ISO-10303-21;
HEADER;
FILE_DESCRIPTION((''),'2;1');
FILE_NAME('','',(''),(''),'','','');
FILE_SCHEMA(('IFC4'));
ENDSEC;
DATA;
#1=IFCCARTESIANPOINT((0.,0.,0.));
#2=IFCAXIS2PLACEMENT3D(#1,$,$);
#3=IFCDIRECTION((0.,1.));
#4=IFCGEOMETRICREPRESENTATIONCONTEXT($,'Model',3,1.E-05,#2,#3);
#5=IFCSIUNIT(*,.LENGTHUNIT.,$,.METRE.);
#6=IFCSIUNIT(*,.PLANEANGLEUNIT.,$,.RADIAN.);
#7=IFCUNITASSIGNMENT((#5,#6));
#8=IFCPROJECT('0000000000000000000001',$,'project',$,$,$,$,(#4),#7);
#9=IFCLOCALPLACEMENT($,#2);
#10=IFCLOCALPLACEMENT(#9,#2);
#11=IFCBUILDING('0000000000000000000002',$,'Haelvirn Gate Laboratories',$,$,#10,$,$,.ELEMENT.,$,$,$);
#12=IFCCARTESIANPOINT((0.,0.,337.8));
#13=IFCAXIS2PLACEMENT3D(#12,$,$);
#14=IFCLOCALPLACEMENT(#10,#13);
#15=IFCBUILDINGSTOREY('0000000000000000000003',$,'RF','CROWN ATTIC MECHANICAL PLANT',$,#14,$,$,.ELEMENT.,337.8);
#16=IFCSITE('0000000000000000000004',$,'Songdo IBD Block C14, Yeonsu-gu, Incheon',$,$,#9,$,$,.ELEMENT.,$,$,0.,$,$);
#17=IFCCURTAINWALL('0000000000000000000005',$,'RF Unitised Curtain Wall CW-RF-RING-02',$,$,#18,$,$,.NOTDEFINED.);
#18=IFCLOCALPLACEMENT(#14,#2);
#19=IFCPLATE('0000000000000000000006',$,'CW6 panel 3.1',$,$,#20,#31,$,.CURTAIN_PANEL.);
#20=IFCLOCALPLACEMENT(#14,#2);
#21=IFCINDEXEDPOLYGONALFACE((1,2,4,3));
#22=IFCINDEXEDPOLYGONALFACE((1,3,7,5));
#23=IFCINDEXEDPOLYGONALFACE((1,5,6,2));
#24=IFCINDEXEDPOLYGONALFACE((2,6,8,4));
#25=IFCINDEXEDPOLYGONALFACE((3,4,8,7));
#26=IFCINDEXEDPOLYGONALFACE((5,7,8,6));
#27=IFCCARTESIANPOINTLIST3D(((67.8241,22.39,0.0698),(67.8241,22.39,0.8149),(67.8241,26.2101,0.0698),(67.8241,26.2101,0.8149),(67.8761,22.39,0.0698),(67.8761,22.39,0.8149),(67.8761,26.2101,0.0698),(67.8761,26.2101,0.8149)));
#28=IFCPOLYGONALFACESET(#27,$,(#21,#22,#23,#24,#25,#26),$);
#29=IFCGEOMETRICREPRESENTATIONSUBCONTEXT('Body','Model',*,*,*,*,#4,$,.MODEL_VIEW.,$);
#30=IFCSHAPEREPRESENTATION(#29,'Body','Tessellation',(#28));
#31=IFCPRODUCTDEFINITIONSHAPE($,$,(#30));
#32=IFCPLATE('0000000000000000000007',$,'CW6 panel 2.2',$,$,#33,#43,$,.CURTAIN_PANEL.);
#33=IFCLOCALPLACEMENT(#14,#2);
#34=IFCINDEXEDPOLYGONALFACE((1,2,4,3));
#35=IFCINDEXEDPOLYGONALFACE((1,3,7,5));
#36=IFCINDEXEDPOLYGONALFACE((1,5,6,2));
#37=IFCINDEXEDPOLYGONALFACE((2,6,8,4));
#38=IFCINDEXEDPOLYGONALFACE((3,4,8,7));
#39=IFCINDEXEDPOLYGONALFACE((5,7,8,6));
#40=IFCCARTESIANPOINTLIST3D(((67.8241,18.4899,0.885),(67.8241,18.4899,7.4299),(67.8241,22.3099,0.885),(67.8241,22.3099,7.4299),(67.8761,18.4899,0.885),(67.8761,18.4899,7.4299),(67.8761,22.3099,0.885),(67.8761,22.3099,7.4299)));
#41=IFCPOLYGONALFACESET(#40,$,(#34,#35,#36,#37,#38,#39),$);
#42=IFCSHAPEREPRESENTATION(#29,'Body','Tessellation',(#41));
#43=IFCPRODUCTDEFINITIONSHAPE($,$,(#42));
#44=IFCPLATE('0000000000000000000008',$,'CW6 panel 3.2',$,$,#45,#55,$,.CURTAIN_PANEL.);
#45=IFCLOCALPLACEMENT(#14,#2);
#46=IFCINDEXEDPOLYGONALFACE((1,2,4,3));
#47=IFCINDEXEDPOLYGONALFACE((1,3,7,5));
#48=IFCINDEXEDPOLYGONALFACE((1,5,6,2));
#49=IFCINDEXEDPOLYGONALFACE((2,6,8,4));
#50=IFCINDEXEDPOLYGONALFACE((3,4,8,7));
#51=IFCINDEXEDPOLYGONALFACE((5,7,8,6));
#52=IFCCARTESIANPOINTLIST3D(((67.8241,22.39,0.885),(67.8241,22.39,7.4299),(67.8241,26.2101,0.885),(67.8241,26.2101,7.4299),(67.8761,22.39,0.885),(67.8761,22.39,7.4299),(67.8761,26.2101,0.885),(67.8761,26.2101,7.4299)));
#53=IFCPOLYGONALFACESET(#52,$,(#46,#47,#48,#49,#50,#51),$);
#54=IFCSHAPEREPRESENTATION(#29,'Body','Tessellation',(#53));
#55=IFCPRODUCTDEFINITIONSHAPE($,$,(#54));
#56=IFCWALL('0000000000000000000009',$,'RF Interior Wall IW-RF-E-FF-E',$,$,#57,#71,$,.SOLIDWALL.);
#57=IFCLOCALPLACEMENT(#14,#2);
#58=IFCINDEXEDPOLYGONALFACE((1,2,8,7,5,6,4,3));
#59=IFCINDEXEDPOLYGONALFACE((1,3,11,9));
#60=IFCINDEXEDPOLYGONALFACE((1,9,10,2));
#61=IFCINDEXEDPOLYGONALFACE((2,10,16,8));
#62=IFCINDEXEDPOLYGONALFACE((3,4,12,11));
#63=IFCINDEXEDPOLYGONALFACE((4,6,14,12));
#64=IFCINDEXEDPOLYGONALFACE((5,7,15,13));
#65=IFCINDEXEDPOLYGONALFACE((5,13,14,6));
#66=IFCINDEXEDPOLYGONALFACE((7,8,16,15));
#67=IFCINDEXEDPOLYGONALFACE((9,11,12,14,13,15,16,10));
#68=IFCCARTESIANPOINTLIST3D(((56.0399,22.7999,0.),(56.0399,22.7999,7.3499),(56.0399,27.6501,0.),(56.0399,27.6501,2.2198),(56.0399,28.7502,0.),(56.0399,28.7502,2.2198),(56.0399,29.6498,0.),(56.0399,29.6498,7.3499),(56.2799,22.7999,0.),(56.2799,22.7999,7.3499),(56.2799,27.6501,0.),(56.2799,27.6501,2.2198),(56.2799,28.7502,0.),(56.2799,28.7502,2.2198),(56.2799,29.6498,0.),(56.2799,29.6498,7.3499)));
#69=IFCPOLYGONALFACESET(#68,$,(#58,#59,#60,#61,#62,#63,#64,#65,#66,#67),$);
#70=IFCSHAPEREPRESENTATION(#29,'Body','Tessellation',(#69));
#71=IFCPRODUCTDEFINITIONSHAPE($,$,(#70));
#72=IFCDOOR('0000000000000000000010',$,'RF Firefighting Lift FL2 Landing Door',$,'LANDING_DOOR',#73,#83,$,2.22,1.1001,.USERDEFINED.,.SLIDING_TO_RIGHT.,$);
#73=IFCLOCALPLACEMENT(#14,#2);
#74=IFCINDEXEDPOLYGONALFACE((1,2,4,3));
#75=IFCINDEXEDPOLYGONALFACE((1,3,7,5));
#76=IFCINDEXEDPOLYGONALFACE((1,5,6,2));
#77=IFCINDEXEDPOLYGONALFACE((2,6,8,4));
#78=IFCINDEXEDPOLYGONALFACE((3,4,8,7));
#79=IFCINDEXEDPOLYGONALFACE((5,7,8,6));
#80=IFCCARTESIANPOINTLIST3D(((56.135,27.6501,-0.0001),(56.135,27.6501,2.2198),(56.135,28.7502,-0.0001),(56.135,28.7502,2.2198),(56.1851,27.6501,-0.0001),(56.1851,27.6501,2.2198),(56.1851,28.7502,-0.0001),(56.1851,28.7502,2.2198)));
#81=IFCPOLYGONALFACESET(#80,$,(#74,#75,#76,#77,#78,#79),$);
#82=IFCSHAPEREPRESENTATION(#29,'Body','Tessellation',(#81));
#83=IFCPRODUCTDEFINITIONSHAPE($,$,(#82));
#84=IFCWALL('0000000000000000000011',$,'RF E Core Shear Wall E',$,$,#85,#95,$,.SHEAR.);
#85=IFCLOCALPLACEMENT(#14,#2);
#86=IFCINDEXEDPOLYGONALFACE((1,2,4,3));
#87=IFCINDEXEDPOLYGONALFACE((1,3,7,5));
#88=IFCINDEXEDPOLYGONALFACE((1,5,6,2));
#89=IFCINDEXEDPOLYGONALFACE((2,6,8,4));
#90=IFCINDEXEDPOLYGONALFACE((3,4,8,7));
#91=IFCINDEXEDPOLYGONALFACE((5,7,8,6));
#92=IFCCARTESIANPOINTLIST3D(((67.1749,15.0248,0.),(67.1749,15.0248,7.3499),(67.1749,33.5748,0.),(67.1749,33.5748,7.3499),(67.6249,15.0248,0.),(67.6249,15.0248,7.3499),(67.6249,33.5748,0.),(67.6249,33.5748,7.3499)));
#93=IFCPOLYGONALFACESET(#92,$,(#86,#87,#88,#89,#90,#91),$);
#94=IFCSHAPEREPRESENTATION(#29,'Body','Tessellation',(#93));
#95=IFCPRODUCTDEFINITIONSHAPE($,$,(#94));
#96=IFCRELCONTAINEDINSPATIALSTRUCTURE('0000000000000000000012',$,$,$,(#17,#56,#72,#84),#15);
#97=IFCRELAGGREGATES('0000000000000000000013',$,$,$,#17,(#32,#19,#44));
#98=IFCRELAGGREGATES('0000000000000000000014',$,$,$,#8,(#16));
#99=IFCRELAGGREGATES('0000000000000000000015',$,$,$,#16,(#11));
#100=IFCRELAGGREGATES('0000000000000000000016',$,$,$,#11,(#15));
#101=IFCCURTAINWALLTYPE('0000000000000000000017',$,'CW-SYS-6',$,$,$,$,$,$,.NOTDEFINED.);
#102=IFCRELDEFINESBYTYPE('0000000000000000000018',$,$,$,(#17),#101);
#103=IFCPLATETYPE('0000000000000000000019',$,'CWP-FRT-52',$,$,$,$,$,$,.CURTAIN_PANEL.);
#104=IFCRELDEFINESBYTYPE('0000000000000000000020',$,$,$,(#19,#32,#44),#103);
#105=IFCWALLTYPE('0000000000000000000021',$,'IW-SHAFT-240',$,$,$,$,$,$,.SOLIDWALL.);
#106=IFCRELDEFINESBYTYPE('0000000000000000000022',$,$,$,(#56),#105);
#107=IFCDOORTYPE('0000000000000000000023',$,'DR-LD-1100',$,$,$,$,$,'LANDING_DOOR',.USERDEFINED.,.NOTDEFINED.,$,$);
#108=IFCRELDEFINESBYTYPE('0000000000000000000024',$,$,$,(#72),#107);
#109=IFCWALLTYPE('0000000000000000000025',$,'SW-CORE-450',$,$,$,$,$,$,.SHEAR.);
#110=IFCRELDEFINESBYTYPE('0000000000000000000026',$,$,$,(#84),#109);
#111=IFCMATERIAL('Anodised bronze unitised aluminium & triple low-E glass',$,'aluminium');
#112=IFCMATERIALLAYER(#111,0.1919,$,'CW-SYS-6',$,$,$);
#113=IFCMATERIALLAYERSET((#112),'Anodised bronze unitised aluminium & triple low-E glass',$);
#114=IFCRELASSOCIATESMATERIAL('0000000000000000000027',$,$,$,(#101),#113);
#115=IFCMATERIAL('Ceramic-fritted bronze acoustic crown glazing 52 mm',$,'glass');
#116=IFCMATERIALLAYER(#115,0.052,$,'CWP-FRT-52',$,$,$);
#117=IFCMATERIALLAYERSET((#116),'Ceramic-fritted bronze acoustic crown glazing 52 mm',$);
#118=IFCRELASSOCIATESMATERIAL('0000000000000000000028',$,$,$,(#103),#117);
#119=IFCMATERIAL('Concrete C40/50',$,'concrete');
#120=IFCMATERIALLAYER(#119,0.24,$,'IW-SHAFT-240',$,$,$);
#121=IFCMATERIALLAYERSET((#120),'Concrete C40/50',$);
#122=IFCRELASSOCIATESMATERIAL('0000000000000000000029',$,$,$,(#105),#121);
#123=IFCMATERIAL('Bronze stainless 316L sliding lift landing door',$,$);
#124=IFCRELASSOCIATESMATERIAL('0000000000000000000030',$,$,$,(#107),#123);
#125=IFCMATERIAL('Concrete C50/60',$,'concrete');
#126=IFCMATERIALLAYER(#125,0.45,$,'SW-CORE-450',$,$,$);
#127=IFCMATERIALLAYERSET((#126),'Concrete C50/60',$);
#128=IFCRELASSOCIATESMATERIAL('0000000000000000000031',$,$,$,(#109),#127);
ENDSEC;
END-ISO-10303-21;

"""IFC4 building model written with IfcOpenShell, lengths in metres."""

from ifc_helpers import new_model, si_unit, direction, frame, frame_2d, origin, origin_2d, place, context, subcontext, project, spatial, rectangle, extrude, source, transform, mapped, material, layer, layer_set, type_object, type_shapes, element, fill, aggregate, save


model = new_model("IFC4")

# Units and contexts
model_context = context("Model", 3, precision=1e-05, world=origin(), true_north=direction((0.0, 1.0)))
body_context = subcontext(model_context, "Body", "Model", "MODEL_VIEW")
ifc_project = project(units=[si_unit("LENGTHUNIT", "METRE"), si_unit("PLANEANGLEUNIT", "RADIAN")], contexts=[model_context])

# Site, building, storey
site_placement = place(None, origin())
site = spatial("IfcSite", under=ifc_project, at=site_placement, Name="Songdo IBD Block C14, Yeonsu-gu, Incheon", CompositionType="ELEMENT", RefElevation=0.0)
building_placement = place(site_placement, origin())
building = spatial("IfcBuilding", under=site, at=building_placement, Name="Haelvirn Gate Laboratories", CompositionType="ELEMENT")
storey_placement = place(building_placement, frame((0.0, 0.0, 337.8)))
storey = spatial("IfcBuildingStorey", under=building, at=storey_placement, Name="RF", Description="CROWN ATTIC MECHANICAL PLANT", CompositionType="ELEMENT", Elevation=337.8)

# Curtain wall
ifc_material_1 = material(Name="Anodised bronze unitised aluminium & triple low-E glass", Category="aluminium")
ifc_layer_1 = layer(ifc_material_1, 0.1919, Name="CW-SYS-6")
ifc_layer_set_1 = layer_set([ifc_layer_1], Name="Anodised bronze unitised aluminium & triple low-E glass")
curtain_wall_type = type_object("IfcCurtainWallType", Name="CW-SYS-6", PredefinedType="NOTDEFINED", material=ifc_layer_set_1)
curtain_wall_placement = place(storey_placement, origin())
curtain_wall = element("IfcCurtainWall", 1, at=curtain_wall_placement, inside=storey, type_object=curtain_wall_type, Name="RF Unitised Curtain Wall CW-RF-RING-02", PredefinedType="NOTDEFINED")

# Plates
ifc_material_2 = material(Name="Ceramic-fritted bronze acoustic crown glazing 52 mm", Category="glass")
ifc_layer_2 = layer(ifc_material_2, 0.052, Name="CWP-FRT-52")
ifc_layer_set_2 = layer_set([ifc_layer_2], Name="Ceramic-fritted bronze acoustic crown glazing 52 mm")
plate_type_1 = type_object("IfcPlateType", Name="CWP-FRT-52", PredefinedType="CURTAIN_PANEL", material=ifc_layer_set_2)
shared_shape_1 = source(origin(), body_context, "Body", "SweptSolid", [
    extrude(rectangle(XDim=3.8201, YDim=0.052, at=origin_2d()), origin(), (0.0, 0.0, 1.0), 0.7451),
])
plate_1_placement = place(storey_placement, frame((67.8501, 24.3, 0.0698), z_axis=(0.0, 0.0, 1.0), x_axis=(0.0, 1.0, 0.0)))
plate_1 = element("IfcPlate", 2, at=plate_1_placement, type_object=plate_type_1, Name="CW6 panel 3.1", PredefinedType="CURTAIN_PANEL", context=body_context, shape_type="MappedRepresentation", body=[
    mapped(shared_shape_1, transform((0.0, 0.0, 0.0), scale=1.0)),
])
shared_shape_2 = source(origin(), body_context, "Body", "SweptSolid", [
    extrude(rectangle(XDim=3.8201, YDim=0.052, at=origin_2d()), origin(), (0.0, 0.0, 1.0), 6.5449),
])
plate_2_placement = place(storey_placement, frame((67.8501, 20.3999, 0.885), z_axis=(0.0, 0.0, 1.0), x_axis=(0.0, 1.0, 0.0)))
plate_2 = element("IfcPlate", 3, at=plate_2_placement, type_object=plate_type_1, Name="CW6 panel 2.2", PredefinedType="CURTAIN_PANEL", context=body_context, shape_type="MappedRepresentation", body=[
    mapped(shared_shape_2, transform((0.0, 0.0, 0.0), scale=1.0)),
])
plate_3_placement = place(storey_placement, frame((67.8501, 24.3, 0.885), z_axis=(0.0, 0.0, 1.0), x_axis=(0.0, 1.0, 0.0)))
plate_3 = element("IfcPlate", 4, at=plate_3_placement, type_object=plate_type_1, Name="CW6 panel 3.2", PredefinedType="CURTAIN_PANEL", context=body_context, shape_type="MappedRepresentation", body=[
    mapped(shared_shape_2, transform((0.0, 0.0, 0.0), scale=1.0)),
])
aggregate(curtain_wall, [plate_2, plate_1, plate_3])

# Wall, opening, door
ifc_material_3 = material(Name="Concrete C40/50", Category="concrete")
ifc_layer_3 = layer(ifc_material_3, 0.24, Name="IW-SHAFT-240")
ifc_layer_set_3 = layer_set([ifc_layer_3], Name="Concrete C40/50")
wall_type_1 = type_object("IfcWallType", Name="IW-SHAFT-240", PredefinedType="SOLIDWALL", material=ifc_layer_set_3)
wall_1_placement = place(storey_placement, frame((56.1599, 22.8, 0.0), z_axis=(0.0, 0.0, 1.0), x_axis=(0.0, 1.0, 0.0)))
wall_1 = element("IfcWall", 5, at=wall_1_placement, inside=storey, type_object=wall_type_1, Name="RF Interior Wall IW-RF-E-FF-E", PredefinedType="SOLIDWALL", context=body_context, shape_type="SweptSolid", body=[
    extrude(rectangle(XDim=6.8499, YDim=0.24, at=frame_2d((3.4248, 0.0))), origin(), (0.0, 0.0, 1.0), 7.3499),
])
opening_placement = place(wall_1_placement, frame((4.8501, 0.0, 0.0)))
opening = element("IfcOpeningElement", 6, at=opening_placement, cuts=wall_1, PredefinedType="OPENING", context=body_context, shape_type="SweptSolid", body=[
    extrude(rectangle(XDim=1.1001, YDim=2.22, at=frame_2d((0.55, 1.1099))), frame((0.0, 0.1299, 0.0), z_axis=(0.0, -1.0, 0.0), x_axis=(1.0, 0.0, 0.0)), (0.0, 0.0, 1.0), 0.26),
])
ifc_material_4 = material(Name="Bronze stainless 316L sliding lift landing door")
door_type = type_object("IfcDoorType", Name="DR-LD-1100", ElementType="LANDING_DOOR", OperationType="NOTDEFINED", PredefinedType="USERDEFINED", material=ifc_material_4)
shared_shape_3 = source(origin(), body_context, "Body", "SweptSolid", [
    extrude(rectangle(XDim=1.1001, YDim=2.22, at=frame_2d((0.55, 1.1099))), frame((0.0, 0.0249, 0.0), z_axis=(0.0, -1.0, 0.0), x_axis=(1.0, 0.0, 0.0)), (0.0, 0.0, 1.0), 0.05),
])
type_shapes(door_type, [shared_shape_3])
door_placement = place(opening_placement, origin())
door = element("IfcDoor", 7, at=door_placement, inside=storey, type_object=door_type, Name="RF Firefighting Lift FL2 Landing Door", ObjectType="LANDING_DOOR", OperationType="SLIDING_TO_RIGHT", OverallHeight=2.22, OverallWidth=1.1001, PredefinedType="USERDEFINED", context=body_context, shape_type="MappedRepresentation", body=[
    mapped(shared_shape_3, transform((0.0, 0.0, 0.0), scale=1.0)),
])
fill(opening, door)

# Wall
ifc_material_5 = material(Name="Concrete C50/60", Category="concrete")
ifc_layer_4 = layer(ifc_material_5, 0.45, Name="SW-CORE-450")
ifc_layer_set_4 = layer_set([ifc_layer_4], Name="Concrete C50/60")
wall_type_2 = type_object("IfcWallType", Name="SW-CORE-450", PredefinedType="SHEAR", material=ifc_layer_set_4)
wall_2_placement = place(storey_placement, frame((67.3999, 15.0249, 0.0), z_axis=(0.0, 0.0, 1.0), x_axis=(0.0, 1.0, 0.0)))
element("IfcWall", 8, at=wall_2_placement, inside=storey, type_object=wall_type_2, Name="RF E Core Shear Wall E", PredefinedType="SHEAR", context=body_context, shape_type="SweptSolid", body=[
    extrude(rectangle(XDim=18.55, YDim=0.45, at=frame_2d((9.2749, 0.0))), origin(), (0.0, 0.0, 1.0), 7.3499),
])

save(model, "model.ifc")
